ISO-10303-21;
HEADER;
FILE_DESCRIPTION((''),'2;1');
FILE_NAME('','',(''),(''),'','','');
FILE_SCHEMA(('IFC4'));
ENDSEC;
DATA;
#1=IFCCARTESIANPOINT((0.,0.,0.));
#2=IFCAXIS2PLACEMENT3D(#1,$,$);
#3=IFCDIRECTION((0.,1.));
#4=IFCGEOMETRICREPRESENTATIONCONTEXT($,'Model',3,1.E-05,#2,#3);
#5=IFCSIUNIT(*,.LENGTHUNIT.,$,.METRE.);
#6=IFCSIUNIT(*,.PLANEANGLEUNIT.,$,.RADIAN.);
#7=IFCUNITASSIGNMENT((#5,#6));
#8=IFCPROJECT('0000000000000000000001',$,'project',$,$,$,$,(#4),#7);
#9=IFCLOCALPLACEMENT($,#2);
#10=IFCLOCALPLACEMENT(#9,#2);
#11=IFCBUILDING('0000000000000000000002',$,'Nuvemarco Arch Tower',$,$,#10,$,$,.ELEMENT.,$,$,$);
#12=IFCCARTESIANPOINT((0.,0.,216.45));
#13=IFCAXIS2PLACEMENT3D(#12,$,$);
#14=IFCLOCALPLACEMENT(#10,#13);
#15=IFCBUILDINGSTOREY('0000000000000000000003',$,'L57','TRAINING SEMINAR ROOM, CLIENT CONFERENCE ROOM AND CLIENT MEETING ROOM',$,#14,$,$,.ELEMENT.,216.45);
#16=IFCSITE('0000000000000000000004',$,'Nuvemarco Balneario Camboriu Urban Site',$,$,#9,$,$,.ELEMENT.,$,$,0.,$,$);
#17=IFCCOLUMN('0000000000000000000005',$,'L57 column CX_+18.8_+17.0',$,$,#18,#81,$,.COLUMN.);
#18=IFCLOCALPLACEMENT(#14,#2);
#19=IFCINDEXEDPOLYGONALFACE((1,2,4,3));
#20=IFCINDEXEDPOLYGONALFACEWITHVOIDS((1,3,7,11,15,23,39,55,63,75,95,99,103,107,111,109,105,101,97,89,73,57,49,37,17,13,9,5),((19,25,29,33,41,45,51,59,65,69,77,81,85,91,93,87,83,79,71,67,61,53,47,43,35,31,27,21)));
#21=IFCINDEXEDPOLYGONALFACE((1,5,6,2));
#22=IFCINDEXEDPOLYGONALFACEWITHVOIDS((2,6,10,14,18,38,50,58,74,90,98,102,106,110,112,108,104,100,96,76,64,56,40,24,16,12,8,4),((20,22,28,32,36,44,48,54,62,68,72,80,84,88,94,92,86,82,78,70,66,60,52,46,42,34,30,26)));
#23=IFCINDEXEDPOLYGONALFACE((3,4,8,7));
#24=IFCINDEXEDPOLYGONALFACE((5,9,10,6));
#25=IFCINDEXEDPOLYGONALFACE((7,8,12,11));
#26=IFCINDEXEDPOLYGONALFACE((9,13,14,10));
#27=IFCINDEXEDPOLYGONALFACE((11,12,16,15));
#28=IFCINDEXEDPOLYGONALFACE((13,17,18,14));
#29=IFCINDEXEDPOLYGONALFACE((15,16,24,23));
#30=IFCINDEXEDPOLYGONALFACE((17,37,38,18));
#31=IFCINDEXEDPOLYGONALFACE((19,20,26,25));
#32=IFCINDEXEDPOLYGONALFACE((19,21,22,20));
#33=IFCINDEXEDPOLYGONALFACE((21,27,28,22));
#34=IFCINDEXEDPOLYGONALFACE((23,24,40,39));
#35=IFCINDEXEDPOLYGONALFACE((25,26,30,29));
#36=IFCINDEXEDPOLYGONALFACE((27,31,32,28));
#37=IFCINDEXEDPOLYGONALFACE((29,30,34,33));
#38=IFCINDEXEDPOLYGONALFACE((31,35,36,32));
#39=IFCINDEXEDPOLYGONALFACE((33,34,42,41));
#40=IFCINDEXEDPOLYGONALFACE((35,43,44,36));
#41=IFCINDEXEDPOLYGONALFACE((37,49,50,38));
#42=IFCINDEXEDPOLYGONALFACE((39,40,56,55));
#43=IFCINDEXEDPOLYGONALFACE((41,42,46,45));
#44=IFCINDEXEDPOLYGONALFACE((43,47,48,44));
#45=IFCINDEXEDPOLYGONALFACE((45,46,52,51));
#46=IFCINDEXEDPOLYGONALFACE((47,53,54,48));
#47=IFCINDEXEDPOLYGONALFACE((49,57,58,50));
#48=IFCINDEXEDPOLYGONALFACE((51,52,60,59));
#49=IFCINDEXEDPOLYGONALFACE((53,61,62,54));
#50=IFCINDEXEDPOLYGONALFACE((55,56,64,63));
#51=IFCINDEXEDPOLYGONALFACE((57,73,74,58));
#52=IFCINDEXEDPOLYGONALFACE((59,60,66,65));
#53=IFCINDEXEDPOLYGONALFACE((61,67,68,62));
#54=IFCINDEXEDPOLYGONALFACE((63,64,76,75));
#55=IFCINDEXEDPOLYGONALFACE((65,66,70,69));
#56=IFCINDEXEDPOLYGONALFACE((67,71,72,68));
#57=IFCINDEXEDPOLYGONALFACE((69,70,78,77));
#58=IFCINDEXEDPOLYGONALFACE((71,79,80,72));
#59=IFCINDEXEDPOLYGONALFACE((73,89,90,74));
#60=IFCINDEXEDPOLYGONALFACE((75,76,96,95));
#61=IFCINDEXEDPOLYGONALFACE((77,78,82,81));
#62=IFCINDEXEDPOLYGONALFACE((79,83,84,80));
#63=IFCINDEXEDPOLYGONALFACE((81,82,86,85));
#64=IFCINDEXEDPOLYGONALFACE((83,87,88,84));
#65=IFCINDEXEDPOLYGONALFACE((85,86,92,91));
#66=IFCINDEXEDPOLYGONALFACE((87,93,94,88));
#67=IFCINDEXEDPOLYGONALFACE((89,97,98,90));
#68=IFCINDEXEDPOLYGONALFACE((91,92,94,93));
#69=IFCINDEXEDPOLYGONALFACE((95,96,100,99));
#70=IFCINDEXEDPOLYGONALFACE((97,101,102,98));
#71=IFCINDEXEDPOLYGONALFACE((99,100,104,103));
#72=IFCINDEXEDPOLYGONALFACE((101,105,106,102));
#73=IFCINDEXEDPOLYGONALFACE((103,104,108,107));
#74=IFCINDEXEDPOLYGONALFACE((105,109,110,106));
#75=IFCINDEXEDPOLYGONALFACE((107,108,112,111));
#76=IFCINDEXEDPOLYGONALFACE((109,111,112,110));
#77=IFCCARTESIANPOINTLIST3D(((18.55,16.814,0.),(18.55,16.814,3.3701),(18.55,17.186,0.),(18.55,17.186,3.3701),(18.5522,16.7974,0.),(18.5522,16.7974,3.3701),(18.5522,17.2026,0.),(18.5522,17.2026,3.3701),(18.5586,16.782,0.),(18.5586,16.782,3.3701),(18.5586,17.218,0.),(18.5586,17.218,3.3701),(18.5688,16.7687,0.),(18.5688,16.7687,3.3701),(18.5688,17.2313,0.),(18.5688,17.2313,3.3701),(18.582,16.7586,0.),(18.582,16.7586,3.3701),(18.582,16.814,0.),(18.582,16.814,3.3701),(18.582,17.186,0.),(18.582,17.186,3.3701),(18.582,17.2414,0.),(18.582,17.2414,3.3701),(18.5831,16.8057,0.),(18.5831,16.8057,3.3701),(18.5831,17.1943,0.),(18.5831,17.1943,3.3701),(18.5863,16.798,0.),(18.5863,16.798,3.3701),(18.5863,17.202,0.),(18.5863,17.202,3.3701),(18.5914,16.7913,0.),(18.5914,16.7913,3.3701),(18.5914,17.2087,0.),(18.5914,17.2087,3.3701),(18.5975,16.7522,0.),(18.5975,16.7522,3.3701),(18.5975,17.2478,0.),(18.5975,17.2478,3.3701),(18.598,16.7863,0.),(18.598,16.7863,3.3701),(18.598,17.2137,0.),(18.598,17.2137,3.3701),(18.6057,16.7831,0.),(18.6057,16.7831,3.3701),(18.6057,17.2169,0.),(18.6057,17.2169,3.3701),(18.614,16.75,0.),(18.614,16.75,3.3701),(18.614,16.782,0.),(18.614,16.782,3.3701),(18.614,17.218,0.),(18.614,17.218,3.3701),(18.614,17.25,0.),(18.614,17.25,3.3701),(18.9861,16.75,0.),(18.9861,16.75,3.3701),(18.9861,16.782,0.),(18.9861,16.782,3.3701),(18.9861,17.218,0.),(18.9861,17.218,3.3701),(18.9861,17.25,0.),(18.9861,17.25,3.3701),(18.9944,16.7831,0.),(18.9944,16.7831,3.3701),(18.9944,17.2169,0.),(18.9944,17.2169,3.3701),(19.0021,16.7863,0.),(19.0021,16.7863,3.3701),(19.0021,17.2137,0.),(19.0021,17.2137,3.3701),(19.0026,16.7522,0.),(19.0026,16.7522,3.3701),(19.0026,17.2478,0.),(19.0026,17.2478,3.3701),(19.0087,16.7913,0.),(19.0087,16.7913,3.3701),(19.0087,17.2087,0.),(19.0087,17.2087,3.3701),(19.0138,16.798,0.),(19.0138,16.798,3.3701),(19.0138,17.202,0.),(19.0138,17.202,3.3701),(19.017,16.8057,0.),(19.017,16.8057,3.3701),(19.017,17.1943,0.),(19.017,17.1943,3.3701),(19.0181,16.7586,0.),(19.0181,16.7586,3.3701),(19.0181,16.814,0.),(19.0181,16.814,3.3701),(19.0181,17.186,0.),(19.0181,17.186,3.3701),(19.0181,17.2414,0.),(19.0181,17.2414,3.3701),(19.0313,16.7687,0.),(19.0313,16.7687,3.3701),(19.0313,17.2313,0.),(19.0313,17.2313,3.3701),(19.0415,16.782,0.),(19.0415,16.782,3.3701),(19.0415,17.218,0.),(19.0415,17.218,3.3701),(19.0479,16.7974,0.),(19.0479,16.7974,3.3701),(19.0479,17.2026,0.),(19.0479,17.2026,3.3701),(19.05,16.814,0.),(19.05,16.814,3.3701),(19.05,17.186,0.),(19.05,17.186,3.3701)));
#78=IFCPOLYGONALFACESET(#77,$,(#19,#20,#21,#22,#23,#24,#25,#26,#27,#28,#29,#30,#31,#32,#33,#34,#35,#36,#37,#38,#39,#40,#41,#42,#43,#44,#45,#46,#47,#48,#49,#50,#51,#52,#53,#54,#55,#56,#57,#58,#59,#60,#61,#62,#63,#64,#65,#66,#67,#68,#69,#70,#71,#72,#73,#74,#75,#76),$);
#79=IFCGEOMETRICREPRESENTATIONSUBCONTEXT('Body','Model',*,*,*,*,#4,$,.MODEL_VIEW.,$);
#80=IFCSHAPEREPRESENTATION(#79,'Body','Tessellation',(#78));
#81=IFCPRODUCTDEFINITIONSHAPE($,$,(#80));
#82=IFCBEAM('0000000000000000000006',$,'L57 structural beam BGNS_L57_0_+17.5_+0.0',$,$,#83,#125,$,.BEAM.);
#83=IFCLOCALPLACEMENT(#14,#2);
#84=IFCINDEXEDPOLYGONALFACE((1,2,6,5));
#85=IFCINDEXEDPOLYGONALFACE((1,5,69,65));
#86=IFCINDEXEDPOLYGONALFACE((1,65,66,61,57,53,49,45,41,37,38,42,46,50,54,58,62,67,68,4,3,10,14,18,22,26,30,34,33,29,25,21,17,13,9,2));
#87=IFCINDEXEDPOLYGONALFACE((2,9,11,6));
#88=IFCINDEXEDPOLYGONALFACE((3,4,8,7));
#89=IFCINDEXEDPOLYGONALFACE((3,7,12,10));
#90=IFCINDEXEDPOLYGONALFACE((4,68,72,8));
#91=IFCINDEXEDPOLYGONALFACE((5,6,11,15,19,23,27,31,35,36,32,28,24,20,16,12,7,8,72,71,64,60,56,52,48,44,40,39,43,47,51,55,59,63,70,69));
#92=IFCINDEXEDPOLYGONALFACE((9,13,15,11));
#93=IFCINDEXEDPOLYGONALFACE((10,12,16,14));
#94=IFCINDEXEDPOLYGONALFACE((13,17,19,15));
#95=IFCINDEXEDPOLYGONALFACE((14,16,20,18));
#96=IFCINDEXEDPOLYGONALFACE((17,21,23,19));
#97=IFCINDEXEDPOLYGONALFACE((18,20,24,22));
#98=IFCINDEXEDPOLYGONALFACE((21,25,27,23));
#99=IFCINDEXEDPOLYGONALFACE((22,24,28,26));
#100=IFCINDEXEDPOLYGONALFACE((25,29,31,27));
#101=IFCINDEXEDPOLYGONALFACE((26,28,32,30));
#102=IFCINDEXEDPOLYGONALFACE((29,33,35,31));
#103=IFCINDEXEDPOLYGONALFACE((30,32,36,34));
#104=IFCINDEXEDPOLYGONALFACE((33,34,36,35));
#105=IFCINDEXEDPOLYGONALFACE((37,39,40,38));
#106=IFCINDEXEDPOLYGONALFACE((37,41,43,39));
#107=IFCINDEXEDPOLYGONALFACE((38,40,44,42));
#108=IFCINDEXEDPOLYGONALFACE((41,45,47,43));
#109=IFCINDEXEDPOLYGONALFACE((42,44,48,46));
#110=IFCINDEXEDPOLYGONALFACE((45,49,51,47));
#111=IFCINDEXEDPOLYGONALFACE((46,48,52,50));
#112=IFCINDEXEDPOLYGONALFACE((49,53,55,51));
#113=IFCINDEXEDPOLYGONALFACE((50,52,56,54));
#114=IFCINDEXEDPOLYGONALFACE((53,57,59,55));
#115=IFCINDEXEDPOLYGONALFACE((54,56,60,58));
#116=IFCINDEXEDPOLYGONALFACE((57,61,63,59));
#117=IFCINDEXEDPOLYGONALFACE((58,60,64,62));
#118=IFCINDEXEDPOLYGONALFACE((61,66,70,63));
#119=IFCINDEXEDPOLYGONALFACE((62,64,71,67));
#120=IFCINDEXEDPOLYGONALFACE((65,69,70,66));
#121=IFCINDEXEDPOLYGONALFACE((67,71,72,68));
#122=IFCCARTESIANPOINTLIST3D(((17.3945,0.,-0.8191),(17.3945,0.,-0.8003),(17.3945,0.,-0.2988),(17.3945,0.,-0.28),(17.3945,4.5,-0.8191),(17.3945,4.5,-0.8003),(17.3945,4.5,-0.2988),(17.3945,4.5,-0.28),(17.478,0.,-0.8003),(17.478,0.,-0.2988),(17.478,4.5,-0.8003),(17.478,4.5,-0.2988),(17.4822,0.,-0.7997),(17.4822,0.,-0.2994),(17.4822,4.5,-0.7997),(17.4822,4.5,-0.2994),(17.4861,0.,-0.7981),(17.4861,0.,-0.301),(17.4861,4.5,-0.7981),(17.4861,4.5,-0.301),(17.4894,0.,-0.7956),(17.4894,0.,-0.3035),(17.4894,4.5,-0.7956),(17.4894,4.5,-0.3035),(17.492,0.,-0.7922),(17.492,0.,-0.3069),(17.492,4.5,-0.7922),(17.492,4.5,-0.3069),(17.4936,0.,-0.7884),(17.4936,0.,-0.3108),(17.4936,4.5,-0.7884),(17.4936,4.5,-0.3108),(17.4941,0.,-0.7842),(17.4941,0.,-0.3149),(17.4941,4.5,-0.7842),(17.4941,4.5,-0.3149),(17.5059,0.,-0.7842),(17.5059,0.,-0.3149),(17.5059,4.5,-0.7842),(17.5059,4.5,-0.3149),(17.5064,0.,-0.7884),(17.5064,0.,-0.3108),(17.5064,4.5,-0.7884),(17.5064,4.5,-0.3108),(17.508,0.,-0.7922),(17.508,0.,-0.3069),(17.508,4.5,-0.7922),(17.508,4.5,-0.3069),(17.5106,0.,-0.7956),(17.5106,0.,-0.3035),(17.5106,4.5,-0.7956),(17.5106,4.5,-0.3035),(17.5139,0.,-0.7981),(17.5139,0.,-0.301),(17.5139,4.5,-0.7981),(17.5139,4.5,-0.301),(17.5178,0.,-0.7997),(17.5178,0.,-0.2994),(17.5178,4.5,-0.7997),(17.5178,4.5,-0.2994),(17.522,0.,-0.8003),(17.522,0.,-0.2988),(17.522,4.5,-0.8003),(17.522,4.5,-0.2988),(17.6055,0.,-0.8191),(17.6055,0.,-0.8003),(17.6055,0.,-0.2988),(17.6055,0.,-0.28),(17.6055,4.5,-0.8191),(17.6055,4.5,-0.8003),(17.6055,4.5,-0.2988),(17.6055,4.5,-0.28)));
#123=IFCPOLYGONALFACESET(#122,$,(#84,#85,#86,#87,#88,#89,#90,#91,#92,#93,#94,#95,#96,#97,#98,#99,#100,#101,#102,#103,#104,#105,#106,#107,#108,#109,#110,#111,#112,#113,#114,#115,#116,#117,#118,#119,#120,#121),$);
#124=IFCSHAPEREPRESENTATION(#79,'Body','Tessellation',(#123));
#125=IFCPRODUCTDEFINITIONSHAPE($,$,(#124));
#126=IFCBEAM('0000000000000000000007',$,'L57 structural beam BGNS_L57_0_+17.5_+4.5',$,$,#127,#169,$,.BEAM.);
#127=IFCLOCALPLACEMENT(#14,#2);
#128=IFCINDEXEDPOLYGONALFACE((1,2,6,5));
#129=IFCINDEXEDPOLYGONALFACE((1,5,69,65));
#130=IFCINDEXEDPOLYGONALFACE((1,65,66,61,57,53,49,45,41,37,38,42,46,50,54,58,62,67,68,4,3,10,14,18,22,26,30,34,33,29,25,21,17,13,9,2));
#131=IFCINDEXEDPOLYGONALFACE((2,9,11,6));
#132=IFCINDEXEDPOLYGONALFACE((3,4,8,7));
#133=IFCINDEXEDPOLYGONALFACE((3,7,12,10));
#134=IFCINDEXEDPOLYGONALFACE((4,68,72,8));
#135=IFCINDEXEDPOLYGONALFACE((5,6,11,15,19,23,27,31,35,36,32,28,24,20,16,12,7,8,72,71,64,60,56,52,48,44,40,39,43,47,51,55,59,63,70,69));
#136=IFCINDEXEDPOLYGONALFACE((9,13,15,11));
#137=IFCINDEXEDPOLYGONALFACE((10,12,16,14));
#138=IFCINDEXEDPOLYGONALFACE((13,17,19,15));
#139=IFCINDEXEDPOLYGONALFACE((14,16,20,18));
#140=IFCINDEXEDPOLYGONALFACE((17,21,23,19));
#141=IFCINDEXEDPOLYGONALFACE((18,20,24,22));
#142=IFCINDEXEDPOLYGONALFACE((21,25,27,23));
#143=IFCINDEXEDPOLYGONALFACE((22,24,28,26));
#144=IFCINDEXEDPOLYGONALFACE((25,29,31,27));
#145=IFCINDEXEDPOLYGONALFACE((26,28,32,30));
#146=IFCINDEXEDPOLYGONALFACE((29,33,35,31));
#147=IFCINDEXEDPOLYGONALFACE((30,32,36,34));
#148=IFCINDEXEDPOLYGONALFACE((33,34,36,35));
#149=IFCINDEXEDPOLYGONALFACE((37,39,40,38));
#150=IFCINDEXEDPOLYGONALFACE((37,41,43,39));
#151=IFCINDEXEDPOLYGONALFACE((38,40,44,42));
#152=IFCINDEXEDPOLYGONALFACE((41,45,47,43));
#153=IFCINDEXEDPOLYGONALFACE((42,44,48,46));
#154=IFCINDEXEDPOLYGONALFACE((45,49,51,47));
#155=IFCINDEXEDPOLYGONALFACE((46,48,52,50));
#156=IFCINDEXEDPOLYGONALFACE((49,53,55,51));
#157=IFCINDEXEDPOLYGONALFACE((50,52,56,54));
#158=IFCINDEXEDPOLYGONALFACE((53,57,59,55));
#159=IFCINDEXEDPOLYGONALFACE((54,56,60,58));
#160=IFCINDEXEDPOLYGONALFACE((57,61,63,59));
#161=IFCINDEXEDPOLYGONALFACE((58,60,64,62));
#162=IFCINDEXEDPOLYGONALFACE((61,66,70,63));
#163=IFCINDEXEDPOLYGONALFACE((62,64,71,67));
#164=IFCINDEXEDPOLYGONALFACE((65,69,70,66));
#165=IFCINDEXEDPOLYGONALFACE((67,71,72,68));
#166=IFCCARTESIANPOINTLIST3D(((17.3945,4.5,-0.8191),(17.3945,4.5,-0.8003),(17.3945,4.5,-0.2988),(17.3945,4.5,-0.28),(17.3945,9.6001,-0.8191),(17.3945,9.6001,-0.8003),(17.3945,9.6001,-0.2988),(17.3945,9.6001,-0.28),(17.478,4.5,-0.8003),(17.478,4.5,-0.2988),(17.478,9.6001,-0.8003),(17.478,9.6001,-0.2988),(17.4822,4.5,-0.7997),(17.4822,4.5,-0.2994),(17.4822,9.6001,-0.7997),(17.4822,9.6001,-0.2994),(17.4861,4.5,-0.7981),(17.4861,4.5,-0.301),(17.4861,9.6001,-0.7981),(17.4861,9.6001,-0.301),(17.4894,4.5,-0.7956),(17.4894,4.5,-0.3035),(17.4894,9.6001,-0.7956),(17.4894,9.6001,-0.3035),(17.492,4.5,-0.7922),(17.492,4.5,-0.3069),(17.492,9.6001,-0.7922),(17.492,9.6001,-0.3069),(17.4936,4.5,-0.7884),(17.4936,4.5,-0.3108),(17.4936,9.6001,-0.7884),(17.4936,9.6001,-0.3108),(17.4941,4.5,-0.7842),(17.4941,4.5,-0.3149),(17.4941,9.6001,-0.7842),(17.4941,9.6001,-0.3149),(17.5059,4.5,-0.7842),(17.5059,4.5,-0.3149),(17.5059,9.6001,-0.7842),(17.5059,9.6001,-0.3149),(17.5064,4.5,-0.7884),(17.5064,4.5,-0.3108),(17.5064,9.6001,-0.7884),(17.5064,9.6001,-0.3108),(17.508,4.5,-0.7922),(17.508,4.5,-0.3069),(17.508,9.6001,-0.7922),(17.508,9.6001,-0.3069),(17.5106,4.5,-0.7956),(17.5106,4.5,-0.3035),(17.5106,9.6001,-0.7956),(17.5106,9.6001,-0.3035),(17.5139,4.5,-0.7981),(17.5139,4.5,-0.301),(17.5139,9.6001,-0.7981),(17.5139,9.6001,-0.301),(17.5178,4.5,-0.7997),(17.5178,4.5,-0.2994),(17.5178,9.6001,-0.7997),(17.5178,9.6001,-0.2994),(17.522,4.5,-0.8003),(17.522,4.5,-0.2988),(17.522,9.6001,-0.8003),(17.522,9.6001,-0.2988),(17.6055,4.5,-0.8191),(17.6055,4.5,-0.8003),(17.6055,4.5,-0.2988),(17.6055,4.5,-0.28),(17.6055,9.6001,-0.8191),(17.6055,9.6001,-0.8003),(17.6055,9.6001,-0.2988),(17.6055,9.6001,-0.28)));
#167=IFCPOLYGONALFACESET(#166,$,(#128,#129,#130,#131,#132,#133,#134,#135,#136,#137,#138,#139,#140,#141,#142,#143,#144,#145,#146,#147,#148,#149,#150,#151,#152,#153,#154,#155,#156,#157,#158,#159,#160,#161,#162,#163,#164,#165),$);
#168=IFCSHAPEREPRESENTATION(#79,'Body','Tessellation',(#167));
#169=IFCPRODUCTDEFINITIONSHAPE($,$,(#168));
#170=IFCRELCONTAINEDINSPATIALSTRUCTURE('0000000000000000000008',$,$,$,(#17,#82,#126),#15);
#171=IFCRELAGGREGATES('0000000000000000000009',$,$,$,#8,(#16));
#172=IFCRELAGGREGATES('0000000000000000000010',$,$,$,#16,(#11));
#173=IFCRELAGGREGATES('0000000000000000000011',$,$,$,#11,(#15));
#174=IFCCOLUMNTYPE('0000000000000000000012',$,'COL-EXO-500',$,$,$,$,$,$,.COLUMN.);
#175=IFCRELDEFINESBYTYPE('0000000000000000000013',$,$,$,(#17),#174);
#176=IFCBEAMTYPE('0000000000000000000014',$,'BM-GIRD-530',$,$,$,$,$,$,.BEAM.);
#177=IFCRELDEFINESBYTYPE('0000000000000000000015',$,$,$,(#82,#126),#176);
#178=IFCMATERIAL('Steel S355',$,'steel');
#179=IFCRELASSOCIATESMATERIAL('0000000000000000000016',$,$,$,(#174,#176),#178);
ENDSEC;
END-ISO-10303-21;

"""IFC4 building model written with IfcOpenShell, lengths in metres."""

from ifc_helpers import new_model, si_unit, direction, frame, origin, origin_2d, place, context, subcontext, project, spatial, hollow_rectangle, i_section, extrude, material, material_profile, profile_set, type_object, element, save


model = new_model("IFC4")

# Units and contexts
model_context = context("Model", 3, precision=1e-05, world=origin(), true_north=direction((0.0, 1.0)))
body_context = subcontext(model_context, "Body", "Model", "MODEL_VIEW")
ifc_project = project(units=[si_unit("LENGTHUNIT", "METRE"), si_unit("PLANEANGLEUNIT", "RADIAN")], contexts=[model_context])

# Site, building, storey
site_placement = place(None, origin())
site = spatial("IfcSite", under=ifc_project, at=site_placement, Name="Nuvemarco Balneario Camboriu Urban Site", CompositionType="ELEMENT", RefElevation=0.0)
building_placement = place(site_placement, origin())
building = spatial("IfcBuilding", under=site, at=building_placement, Name="Nuvemarco Arch Tower", CompositionType="ELEMENT")
storey_placement = place(building_placement, frame((0.0, 0.0, 216.45)))
storey = spatial("IfcBuildingStorey", under=building, at=storey_placement, Name="L57", Description="TRAINING SEMINAR ROOM, CLIENT CONFERENCE ROOM AND CLIENT MEETING ROOM", CompositionType="ELEMENT", Elevation=216.45)

# Column
ifc_material_1 = material(Name="Steel S355", Category="steel")
ifc_material_profile_1 = material_profile(ifc_material_1, hollow_rectangle(XDim=0.5, YDim=0.5, WallThickness=0.032, InnerFilletRadius=0.032, OuterFilletRadius=0.064, at=origin_2d()), Name="SHS500x500x32")
ifc_profile_set_1 = profile_set([ifc_material_profile_1], Name="Steel S355")
column_type_1 = type_object("IfcColumnType", Name="COL-EXO-500", PredefinedType="COLUMN", material=ifc_profile_set_1)
for number, where, z_axis, x_axis, name in (
    (1, (18.8, 17.0, 0.0), (0.0, 0.0, 1.0), (1.0, 0.0, 0.0), "L57 column CX_+18.8_+17.0"),
):
    element("IfcColumn", number, at=place(storey_placement, frame(where, z_axis=z_axis, x_axis=x_axis)), inside=storey, type_object=column_type_1, Name=name, PredefinedType="COLUMN", context=body_context, shape_type="SweptSolid", body=[
        extrude(hollow_rectangle(XDim=0.5, YDim=0.5, WallThickness=0.032, InnerFilletRadius=0.032, OuterFilletRadius=0.064, at=origin_2d()), origin(), (0.0, 0.0, 1.0), 3.3701),
    ])

# Beams
ifc_material_profile_2 = material_profile(ifc_material_1, i_section(OverallWidth=0.2109, OverallDepth=0.5391, WebThickness=0.0117, FlangeThickness=0.0188, FilletRadius=0.0161, at=origin_2d()), Name="W530x109")
ifc_profile_set_2 = profile_set([ifc_material_profile_2], Name="Steel S355")
beam_type_1 = type_object("IfcBeamType", Name="BM-GIRD-530", PredefinedType="BEAM", material=ifc_profile_set_2)
beam_1_placement = place(storey_placement, frame((17.5, 0.0, -0.5496), z_axis=(0.0, 1.0, 0.0), x_axis=(-1.0, 0.0, 0.0)))
element("IfcBeam", 2, at=beam_1_placement, inside=storey, type_object=beam_type_1, Name="L57 structural beam BGNS_L57_0_+17.5_+0.0", PredefinedType="BEAM", context=body_context, shape_type="SweptSolid", body=[
    extrude(i_section(OverallWidth=0.2109, OverallDepth=0.5391, WebThickness=0.0117, FlangeThickness=0.0188, FilletRadius=0.0161, at=origin_2d()), origin(), (0.0, 0.0, 1.0), 4.5),
])
beam_2_placement = place(storey_placement, frame((17.5, 4.5, -0.5496), z_axis=(0.0, 1.0, 0.0), x_axis=(-1.0, 0.0, 0.0)))
element("IfcBeam", 3, at=beam_2_placement, inside=storey, type_object=beam_type_1, Name="L57 structural beam BGNS_L57_0_+17.5_+4.5", PredefinedType="BEAM", context=body_context, shape_type="SweptSolid", body=[
    extrude(i_section(OverallWidth=0.2109, OverallDepth=0.5391, WebThickness=0.0117, FlangeThickness=0.0188, FilletRadius=0.0161, at=origin_2d()), origin(), (0.0, 0.0, 1.0), 5.1001),
])

save(model, "model.ifc")
